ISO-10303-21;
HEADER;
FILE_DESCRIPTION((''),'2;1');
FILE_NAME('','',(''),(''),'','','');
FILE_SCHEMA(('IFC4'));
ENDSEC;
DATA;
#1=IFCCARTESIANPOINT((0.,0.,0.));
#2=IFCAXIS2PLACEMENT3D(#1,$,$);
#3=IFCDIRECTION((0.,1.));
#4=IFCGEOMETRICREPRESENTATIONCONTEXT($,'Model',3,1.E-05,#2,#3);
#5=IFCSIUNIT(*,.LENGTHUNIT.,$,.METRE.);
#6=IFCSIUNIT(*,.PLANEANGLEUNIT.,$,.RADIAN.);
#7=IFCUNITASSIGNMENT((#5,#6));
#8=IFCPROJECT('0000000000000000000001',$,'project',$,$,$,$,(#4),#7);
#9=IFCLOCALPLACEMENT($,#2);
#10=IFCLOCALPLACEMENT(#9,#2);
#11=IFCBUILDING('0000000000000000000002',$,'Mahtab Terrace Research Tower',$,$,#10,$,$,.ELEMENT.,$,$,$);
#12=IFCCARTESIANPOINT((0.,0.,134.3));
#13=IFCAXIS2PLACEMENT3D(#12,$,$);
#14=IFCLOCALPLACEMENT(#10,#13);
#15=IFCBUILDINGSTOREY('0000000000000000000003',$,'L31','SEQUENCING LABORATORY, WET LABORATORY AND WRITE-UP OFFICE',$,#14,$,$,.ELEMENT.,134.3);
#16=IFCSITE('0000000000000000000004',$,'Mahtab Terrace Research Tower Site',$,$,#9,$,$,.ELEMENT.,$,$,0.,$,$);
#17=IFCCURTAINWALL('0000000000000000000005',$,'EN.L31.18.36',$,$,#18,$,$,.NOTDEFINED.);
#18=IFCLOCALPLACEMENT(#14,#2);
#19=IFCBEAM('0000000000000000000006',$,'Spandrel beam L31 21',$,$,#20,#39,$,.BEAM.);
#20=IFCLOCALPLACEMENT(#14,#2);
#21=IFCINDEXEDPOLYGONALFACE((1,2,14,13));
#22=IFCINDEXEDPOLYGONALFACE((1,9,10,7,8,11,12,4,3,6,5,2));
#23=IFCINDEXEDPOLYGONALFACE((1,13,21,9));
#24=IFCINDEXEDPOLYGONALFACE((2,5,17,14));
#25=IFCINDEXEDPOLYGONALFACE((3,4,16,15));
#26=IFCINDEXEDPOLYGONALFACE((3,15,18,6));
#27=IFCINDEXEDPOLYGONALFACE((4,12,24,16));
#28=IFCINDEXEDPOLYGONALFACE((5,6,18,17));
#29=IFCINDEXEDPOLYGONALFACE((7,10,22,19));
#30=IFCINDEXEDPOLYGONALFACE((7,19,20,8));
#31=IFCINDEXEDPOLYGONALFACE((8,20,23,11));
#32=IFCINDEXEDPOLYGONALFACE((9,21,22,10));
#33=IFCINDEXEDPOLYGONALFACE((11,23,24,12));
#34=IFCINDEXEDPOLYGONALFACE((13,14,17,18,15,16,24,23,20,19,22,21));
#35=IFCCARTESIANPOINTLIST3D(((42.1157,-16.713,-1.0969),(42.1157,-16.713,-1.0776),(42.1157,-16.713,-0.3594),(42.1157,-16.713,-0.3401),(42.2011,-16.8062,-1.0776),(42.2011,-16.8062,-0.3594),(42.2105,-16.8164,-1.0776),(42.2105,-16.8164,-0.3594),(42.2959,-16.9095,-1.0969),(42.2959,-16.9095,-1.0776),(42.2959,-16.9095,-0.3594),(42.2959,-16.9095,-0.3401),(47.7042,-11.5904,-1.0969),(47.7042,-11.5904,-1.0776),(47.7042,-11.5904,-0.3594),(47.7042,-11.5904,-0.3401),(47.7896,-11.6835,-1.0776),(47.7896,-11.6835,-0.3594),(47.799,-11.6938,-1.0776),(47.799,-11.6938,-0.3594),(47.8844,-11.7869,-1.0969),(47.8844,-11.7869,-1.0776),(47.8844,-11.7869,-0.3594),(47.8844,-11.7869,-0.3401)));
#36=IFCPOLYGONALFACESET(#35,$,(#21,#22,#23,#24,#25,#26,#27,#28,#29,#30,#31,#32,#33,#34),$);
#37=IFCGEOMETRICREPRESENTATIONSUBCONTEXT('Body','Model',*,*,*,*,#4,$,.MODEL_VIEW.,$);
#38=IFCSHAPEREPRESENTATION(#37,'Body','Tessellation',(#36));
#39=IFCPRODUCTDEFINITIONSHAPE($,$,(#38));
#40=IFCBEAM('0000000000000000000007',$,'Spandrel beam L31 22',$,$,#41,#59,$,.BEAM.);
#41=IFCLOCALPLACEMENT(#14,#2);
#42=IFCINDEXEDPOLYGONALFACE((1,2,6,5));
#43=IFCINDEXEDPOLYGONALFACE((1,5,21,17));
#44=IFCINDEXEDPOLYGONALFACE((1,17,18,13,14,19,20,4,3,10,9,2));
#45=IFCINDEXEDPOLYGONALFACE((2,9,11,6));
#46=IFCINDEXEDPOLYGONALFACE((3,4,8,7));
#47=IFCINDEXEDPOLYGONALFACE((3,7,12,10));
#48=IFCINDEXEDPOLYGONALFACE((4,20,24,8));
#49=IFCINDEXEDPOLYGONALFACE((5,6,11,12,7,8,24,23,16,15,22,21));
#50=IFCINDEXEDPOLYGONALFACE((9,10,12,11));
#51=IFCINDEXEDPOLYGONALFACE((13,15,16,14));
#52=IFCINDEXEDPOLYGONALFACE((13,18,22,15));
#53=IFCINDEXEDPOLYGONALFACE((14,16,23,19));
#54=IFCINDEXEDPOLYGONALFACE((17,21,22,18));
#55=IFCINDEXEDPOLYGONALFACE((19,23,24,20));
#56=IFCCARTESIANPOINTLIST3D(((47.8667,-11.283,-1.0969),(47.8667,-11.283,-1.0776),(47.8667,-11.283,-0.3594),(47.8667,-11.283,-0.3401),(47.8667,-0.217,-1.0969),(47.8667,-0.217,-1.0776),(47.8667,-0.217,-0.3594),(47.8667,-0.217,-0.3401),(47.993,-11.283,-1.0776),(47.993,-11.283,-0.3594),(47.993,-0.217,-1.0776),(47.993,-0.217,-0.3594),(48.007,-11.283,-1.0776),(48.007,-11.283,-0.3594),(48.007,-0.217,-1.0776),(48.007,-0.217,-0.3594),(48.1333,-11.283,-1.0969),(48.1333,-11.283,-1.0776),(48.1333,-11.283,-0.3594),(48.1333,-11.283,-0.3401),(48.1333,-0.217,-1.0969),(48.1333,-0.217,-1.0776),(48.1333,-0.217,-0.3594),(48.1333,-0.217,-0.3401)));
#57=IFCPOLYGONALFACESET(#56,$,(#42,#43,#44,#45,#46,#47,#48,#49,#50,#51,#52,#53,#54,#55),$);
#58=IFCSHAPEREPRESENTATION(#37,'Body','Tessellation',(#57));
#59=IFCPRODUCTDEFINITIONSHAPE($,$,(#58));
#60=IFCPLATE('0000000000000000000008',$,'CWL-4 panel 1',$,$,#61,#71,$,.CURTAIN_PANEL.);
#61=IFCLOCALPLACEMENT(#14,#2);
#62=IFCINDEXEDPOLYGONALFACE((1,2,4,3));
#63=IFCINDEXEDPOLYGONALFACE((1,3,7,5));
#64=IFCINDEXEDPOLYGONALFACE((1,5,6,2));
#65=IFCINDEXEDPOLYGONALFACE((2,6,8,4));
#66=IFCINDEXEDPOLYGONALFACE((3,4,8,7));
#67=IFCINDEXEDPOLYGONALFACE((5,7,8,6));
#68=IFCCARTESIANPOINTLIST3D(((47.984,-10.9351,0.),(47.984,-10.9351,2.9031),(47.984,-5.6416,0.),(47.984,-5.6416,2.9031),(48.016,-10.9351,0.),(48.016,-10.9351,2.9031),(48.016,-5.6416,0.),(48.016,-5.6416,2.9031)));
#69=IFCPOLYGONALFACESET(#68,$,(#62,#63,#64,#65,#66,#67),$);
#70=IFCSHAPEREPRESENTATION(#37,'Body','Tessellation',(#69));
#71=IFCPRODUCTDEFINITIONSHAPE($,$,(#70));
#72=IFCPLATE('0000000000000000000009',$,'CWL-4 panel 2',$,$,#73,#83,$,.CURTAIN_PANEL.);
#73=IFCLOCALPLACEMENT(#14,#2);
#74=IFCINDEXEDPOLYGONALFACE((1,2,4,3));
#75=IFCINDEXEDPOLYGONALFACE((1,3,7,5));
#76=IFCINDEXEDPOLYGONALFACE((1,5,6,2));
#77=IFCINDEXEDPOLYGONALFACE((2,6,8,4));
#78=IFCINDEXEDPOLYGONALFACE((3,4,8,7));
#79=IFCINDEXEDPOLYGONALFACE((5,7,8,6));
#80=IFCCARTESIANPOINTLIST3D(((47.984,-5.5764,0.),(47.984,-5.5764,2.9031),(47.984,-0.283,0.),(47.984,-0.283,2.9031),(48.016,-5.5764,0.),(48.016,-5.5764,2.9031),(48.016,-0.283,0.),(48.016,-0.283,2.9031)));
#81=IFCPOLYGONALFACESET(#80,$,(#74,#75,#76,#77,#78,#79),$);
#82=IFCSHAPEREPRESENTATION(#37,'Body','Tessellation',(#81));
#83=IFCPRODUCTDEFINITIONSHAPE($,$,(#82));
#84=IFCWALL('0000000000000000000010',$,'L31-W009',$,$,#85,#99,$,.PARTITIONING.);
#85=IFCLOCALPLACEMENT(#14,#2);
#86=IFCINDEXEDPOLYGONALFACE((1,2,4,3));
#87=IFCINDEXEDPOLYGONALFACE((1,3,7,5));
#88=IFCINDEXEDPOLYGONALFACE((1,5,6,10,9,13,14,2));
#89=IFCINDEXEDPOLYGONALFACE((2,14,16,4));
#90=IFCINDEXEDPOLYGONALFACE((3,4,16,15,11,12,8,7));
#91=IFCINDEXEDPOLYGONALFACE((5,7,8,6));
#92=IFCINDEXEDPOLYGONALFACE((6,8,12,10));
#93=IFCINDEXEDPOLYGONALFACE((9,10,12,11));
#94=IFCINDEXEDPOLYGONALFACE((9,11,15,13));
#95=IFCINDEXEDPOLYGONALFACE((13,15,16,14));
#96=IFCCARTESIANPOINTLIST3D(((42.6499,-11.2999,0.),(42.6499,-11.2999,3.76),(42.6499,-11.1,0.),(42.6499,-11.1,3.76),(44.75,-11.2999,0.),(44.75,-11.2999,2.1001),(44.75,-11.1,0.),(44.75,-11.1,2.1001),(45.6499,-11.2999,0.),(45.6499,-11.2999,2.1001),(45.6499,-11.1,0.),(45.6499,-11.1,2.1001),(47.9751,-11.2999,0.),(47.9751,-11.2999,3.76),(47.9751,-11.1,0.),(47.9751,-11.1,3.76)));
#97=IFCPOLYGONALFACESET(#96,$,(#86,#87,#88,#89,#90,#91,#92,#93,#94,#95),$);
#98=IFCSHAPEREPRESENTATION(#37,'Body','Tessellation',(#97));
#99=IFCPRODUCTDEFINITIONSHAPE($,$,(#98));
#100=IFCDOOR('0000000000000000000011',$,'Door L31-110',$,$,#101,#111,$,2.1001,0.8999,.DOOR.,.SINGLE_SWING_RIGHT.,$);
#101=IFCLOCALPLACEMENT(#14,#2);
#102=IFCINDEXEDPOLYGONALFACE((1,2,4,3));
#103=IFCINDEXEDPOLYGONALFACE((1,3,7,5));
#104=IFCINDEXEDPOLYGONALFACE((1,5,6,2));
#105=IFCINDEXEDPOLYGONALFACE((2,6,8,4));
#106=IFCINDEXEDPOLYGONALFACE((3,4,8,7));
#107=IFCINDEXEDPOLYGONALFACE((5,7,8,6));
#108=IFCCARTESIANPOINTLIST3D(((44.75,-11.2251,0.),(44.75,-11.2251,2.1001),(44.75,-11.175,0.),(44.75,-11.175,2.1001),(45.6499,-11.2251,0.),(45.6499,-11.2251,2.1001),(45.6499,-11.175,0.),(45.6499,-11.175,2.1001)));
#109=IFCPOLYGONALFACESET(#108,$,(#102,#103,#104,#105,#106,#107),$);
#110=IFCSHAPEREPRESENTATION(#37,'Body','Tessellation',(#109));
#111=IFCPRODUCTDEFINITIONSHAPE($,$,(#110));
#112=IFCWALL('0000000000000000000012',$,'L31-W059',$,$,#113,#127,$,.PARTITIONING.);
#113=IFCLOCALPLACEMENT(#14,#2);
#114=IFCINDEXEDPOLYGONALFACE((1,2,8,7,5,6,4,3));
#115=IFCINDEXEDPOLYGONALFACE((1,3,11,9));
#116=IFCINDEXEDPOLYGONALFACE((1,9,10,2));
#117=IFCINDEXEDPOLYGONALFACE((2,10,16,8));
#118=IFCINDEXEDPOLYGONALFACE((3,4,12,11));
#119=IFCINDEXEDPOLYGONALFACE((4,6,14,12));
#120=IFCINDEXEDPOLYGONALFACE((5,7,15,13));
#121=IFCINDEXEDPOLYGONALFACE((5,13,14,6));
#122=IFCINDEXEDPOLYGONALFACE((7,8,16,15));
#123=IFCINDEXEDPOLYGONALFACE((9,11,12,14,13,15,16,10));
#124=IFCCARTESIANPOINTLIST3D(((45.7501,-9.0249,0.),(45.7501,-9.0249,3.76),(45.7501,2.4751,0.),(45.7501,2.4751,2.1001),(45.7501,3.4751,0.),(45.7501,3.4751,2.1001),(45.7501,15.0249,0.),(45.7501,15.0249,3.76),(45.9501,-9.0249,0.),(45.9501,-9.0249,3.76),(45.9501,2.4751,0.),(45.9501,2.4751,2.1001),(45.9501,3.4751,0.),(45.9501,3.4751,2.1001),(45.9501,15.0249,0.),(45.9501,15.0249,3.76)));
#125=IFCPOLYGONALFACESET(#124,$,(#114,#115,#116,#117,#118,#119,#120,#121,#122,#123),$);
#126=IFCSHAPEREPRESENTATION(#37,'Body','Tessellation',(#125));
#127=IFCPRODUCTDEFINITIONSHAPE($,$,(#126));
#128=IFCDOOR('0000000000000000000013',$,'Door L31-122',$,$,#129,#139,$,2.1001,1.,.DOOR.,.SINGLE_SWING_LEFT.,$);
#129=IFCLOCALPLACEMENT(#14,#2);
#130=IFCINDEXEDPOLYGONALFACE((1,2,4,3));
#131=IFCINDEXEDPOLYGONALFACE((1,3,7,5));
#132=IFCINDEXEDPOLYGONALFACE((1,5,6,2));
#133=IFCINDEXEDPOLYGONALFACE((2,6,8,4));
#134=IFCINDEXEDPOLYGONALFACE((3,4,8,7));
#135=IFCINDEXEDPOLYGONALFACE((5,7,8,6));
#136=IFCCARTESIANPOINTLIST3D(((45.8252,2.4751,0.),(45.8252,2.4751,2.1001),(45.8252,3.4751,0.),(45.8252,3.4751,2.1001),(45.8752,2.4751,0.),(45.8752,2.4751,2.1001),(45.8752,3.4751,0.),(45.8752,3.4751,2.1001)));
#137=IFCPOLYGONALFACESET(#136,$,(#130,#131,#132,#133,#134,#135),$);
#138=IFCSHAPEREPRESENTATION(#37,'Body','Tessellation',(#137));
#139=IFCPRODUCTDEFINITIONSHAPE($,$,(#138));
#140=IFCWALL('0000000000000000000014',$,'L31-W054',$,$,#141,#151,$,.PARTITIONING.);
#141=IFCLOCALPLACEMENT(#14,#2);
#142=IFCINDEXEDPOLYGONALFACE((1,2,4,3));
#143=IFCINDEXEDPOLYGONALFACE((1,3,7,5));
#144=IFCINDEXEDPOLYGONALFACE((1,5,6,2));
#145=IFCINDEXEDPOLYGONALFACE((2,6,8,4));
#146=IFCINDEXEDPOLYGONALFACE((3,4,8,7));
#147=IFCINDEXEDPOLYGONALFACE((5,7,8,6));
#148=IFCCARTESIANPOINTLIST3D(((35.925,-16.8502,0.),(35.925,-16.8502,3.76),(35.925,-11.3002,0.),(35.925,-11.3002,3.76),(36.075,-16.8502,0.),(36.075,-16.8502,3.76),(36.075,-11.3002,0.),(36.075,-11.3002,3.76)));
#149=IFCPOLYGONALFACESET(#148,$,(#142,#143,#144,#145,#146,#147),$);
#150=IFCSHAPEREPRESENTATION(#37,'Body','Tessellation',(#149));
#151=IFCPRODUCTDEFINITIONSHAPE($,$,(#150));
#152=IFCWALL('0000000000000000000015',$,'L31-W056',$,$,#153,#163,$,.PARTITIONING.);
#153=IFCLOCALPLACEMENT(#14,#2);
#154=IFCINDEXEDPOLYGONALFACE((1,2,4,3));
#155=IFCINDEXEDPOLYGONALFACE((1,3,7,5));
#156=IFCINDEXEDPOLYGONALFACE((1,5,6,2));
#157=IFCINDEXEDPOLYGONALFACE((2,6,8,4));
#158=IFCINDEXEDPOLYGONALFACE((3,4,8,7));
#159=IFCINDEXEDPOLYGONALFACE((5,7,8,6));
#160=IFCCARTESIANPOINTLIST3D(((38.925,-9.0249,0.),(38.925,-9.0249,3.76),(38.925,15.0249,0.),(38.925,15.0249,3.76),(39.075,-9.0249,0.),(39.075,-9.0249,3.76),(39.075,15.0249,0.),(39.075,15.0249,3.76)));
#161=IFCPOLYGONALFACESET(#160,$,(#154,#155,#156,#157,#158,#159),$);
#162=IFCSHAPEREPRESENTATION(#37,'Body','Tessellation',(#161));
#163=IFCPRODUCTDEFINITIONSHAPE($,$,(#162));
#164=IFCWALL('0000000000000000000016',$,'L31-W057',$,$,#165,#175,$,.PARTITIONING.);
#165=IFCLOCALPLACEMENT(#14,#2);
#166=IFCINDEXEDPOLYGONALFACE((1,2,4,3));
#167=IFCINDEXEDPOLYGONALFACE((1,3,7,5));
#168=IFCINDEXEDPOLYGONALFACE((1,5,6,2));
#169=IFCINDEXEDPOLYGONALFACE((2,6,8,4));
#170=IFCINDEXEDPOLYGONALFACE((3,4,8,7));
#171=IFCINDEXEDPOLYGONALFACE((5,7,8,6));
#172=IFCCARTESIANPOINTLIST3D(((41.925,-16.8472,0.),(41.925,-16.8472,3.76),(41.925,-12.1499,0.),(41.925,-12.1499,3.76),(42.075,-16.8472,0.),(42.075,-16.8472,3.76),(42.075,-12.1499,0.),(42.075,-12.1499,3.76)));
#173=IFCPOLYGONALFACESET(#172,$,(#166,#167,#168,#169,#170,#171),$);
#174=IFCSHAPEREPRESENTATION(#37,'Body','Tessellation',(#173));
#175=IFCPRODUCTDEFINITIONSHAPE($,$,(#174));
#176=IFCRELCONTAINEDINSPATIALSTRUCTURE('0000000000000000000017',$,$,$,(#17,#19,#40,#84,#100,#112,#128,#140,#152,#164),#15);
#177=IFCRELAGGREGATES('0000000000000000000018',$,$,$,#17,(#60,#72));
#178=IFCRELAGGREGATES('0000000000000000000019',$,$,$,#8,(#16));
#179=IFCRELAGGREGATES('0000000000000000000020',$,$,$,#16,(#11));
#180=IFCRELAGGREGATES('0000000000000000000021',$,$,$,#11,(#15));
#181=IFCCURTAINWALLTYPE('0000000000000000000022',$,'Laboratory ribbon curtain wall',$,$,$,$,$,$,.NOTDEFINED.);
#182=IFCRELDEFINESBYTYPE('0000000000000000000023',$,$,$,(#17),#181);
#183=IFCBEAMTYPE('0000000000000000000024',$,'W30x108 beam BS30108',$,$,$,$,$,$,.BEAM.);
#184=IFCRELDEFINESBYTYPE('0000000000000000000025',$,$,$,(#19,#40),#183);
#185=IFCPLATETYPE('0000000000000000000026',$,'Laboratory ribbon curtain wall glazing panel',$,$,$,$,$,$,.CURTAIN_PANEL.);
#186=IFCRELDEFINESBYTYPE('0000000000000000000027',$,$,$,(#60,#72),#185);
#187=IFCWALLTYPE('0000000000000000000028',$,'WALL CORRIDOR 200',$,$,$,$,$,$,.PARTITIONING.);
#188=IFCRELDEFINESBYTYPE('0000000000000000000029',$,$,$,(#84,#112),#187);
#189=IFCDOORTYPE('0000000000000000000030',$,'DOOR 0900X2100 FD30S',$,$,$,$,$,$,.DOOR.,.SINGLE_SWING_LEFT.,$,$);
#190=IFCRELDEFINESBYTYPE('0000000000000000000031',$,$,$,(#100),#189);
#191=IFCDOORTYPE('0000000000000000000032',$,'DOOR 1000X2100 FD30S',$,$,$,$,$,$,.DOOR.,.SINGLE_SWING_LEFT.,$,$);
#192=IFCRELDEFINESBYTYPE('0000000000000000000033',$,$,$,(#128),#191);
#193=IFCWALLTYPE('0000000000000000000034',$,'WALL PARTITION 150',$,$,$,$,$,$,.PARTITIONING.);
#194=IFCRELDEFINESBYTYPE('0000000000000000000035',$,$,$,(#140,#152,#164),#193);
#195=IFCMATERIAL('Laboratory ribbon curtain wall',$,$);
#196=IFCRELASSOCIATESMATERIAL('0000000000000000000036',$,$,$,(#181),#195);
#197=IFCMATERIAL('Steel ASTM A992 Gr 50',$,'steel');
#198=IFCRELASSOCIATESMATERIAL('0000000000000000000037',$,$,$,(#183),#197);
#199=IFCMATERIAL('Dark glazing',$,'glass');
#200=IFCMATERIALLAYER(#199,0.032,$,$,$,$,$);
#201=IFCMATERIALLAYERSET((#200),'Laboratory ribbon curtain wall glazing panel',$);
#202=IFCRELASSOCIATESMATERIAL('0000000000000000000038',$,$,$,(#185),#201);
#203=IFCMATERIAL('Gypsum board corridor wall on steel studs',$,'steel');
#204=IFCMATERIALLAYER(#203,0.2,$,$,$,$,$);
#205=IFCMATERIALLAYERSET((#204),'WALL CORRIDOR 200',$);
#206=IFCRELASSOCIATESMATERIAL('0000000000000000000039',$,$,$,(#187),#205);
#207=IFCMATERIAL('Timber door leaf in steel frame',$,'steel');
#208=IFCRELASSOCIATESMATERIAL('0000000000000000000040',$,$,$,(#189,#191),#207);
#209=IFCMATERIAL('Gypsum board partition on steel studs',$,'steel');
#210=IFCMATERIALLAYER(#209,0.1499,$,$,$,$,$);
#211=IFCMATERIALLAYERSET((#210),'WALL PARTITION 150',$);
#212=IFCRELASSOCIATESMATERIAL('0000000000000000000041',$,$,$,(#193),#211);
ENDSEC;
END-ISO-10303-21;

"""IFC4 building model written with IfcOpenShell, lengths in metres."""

from ifc_helpers import new_model, si_unit, direction, frame, frame_2d, origin, origin_2d, place, context, subcontext, project, spatial, rectangle, i_section, extrude, material, layer, layer_set, material_profile, profile_set, type_object, element, fill, aggregate, save


model = new_model("IFC4")

# Units and contexts
model_context = context("Model", 3, precision=1e-05, world=origin(), true_north=direction((0.0, 1.0)))
body_context = subcontext(model_context, "Body", "Model", "MODEL_VIEW")
ifc_project = project(units=[si_unit("LENGTHUNIT", "METRE"), si_unit("PLANEANGLEUNIT", "RADIAN")], contexts=[model_context])

# Site, building, storey
site_placement = place(None, origin())
site = spatial("IfcSite", under=ifc_project, at=site_placement, Name="Mahtab Terrace Research Tower Site", CompositionType="ELEMENT", RefElevation=0.0)
building_placement = place(site_placement, origin())
building = spatial("IfcBuilding", under=site, at=building_placement, Name="Mahtab Terrace Research Tower", CompositionType="ELEMENT")
storey_placement = place(building_placement, frame((0.0, 0.0, 134.3)))
storey = spatial("IfcBuildingStorey", under=building, at=storey_placement, Name="L31", Description="SEQUENCING LABORATORY, WET LABORATORY AND WRITE-UP OFFICE", CompositionType="ELEMENT", Elevation=134.3)

# Shared definitions
ifc_material_1 = material(Name="Steel ASTM A992 Gr 50", Category="steel")

# Curtain wall
ifc_material_2 = material(Name="Laboratory ribbon curtain wall")
curtain_wall_type = type_object("IfcCurtainWallType", Name="Laboratory ribbon curtain wall", PredefinedType="NOTDEFINED", material=ifc_material_2)
curtain_wall_placement = place(storey_placement, origin())
curtain_wall = element("IfcCurtainWall", 1, at=curtain_wall_placement, inside=storey, type_object=curtain_wall_type, Name="EN.L31.18.36", PredefinedType="NOTDEFINED")

# Beams
ifc_material_profile_1 = material_profile(ifc_material_1, i_section(OverallWidth=0.2666, OverallDepth=0.7568, WebThickness=0.0139, FlangeThickness=0.0193, at=origin_2d()), Name="W30X108")
ifc_profile_set_1 = profile_set([ifc_material_profile_1], Name="Steel ASTM A992 Gr 50")
beam_type = type_object("IfcBeamType", Name="W30x108 beam BS30108", PredefinedType="BEAM", material=ifc_profile_set_1)
beam_1_placement = place(storey_placement, frame((42.2058, -16.8113, -0.7185), z_axis=(0.737162, 0.675716, 0.0), x_axis=(-0.675716, 0.737162, 0.0)))
element("IfcBeam", 2, at=beam_1_placement, inside=storey, type_object=beam_type, Name="Spandrel beam L31 21", PredefinedType="BEAM", context=body_context, shape_type="SweptSolid", body=[
    extrude(i_section(OverallWidth=0.2666, OverallDepth=0.7568, WebThickness=0.0139, FlangeThickness=0.0193, at=origin_2d()), origin(), (0.0, 0.0, 1.0), 7.5811),
])
beam_2_placement = place(storey_placement, frame((48.0, -11.283, -0.7185), z_axis=(0.0, 1.0, 0.0), x_axis=(-1.0, 0.0, 0.0)))
element("IfcBeam", 3, at=beam_2_placement, inside=storey, type_object=beam_type, Name="Spandrel beam L31 22", PredefinedType="BEAM", context=body_context, shape_type="SweptSolid", body=[
    extrude(i_section(OverallWidth=0.2666, OverallDepth=0.7568, WebThickness=0.0139, FlangeThickness=0.0193, at=origin_2d()), origin(), (0.0, 0.0, 1.0), 11.0659),
])

# Plates
ifc_material_3 = material(Name="Dark glazing", Category="glass")
ifc_layer_1 = layer(ifc_material_3, 0.032)
ifc_layer_set_1 = layer_set([ifc_layer_1], Name="Laboratory ribbon curtain wall glazing panel")
plate_type = type_object("IfcPlateType", Name="Laboratory ribbon curtain wall glazing panel", PredefinedType="CURTAIN_PANEL", material=ifc_layer_set_1)
plate_1_placement = place(storey_placement, frame((48.0, -8.2883, 0.0), z_axis=(0.0, 0.0, 1.0), x_axis=(0.0, 1.0, 0.0)))
plate_1 = element("IfcPlate", 4, at=plate_1_placement, type_object=plate_type, Name="CWL-4 panel 1", PredefinedType="CURTAIN_PANEL", context=body_context, shape_type="SweptSolid", body=[
    extrude(rectangle(XDim=5.2935, YDim=0.032, at=origin_2d()), origin(), (0.0, 0.0, 1.0), 2.9031),
])
plate_2_placement = place(storey_placement, frame((48.0, -2.9297, 0.0), z_axis=(0.0, 0.0, 1.0), x_axis=(0.0, 1.0, 0.0)))
plate_2 = element("IfcPlate", 5, at=plate_2_placement, type_object=plate_type, Name="CWL-4 panel 2", PredefinedType="CURTAIN_PANEL", context=body_context, shape_type="SweptSolid", body=[
    extrude(rectangle(XDim=5.2935, YDim=0.032, at=origin_2d()), origin(), (0.0, 0.0, 1.0), 2.9031),
])
aggregate(curtain_wall, [plate_1, plate_2])

# Walls, openings, doors
ifc_material_4 = material(Name="Gypsum board corridor wall on steel studs", Category="steel")
ifc_layer_2 = layer(ifc_material_4, 0.2)
ifc_layer_set_2 = layer_set([ifc_layer_2], Name="WALL CORRIDOR 200")
wall_type_1 = type_object("IfcWallType", Name="WALL CORRIDOR 200", PredefinedType="PARTITIONING", material=ifc_layer_set_2)
wall_1_placement = place(storey_placement, frame((42.6499, -11.2, 0.0), z_axis=(0.0, 0.0, 1.0), x_axis=(1.0, 0.0, 0.0)))
wall_1 = element("IfcWall", 6, at=wall_1_placement, inside=storey, type_object=wall_type_1, Name="L31-W009", PredefinedType="PARTITIONING", context=body_context, shape_type="SweptSolid", body=[
    extrude(rectangle(XDim=5.3252, YDim=0.2, at=frame_2d((2.6626, 0.0))), origin(), (0.0, 0.0, 1.0), 3.76),
])
opening_1_placement = place(wall_1_placement, frame((2.1001, 0.0, 0.0)))
opening_1 = element("IfcOpeningElement", 7, at=opening_1_placement, cuts=wall_1, PredefinedType="OPENING", context=body_context, shape_type="SweptSolid", body=[
    extrude(rectangle(XDim=0.8999, YDim=2.1001, at=frame_2d((0.45, 1.05))), frame((0.0, 0.1099, 0.0), z_axis=(0.0, -1.0, 0.0), x_axis=(1.0, 0.0, 0.0)), (0.0, 0.0, 1.0), 0.22),
])
ifc_material_5 = material(Name="Timber door leaf in steel frame", Category="steel")
door_type_1 = type_object("IfcDoorType", Name="DOOR 0900X2100 FD30S", OperationType="SINGLE_SWING_LEFT", PredefinedType="DOOR", material=ifc_material_5)
door_1_placement = place(opening_1_placement, origin())
door_1 = element("IfcDoor", 8, at=door_1_placement, inside=storey, type_object=door_type_1, Name="Door L31-110", OperationType="SINGLE_SWING_RIGHT", OverallHeight=2.1001, OverallWidth=0.8999, PredefinedType="DOOR", context=body_context, shape_type="SweptSolid", body=[
    extrude(rectangle(XDim=0.8999, YDim=2.1001, at=frame_2d((0.45, 1.05))), frame((0.0, 0.0249, 0.0), z_axis=(0.0, -1.0, 0.0), x_axis=(1.0, 0.0, 0.0)), (0.0, 0.0, 1.0), 0.05),
])
fill(opening_1, door_1)
wall_2_placement = place(storey_placement, frame((45.8501, -9.0249, 0.0), z_axis=(0.0, 0.0, 1.0), x_axis=(0.0, 1.0, 0.0)))
wall_2 = element("IfcWall", 9, at=wall_2_placement, inside=storey, type_object=wall_type_1, Name="L31-W059", PredefinedType="PARTITIONING", context=body_context, shape_type="SweptSolid", body=[
    extrude(rectangle(XDim=24.0498, YDim=0.2, at=frame_2d((12.0249, 0.0))), origin(), (0.0, 0.0, 1.0), 3.76),
])
opening_2_placement = place(wall_2_placement, frame((11.5, 0.0, 0.0)))
opening_2 = element("IfcOpeningElement", 10, at=opening_2_placement, cuts=wall_2, PredefinedType="OPENING", context=body_context, shape_type="SweptSolid", body=[
    extrude(rectangle(XDim=1.0, YDim=2.1001, at=frame_2d((0.5, 1.05))), frame((0.0, 0.1099, 0.0), z_axis=(0.0, -1.0, 0.0), x_axis=(1.0, 0.0, 0.0)), (0.0, 0.0, 1.0), 0.22),
])
door_type_2 = type_object("IfcDoorType", Name="DOOR 1000X2100 FD30S", OperationType="SINGLE_SWING_LEFT", PredefinedType="DOOR", material=ifc_material_5)
door_2_placement = place(opening_2_placement, origin())
door_2 = element("IfcDoor", 11, at=door_2_placement, inside=storey, type_object=door_type_2, Name="Door L31-122", OperationType="SINGLE_SWING_LEFT", OverallHeight=2.1001, OverallWidth=1.0, PredefinedType="DOOR", context=body_context, shape_type="SweptSolid", body=[
    extrude(rectangle(XDim=1.0, YDim=2.1001, at=frame_2d((0.5, 1.05))), frame((0.0, 0.0249, 0.0), z_axis=(0.0, -1.0, 0.0), x_axis=(1.0, 0.0, 0.0)), (0.0, 0.0, 1.0), 0.05),
])
fill(opening_2, door_2)

# Walls
ifc_material_6 = material(Name="Gypsum board partition on steel studs", Category="steel")
ifc_layer_3 = layer(ifc_material_6, 0.1499)
ifc_layer_set_3 = layer_set([ifc_layer_3], Name="WALL PARTITION 150")
wall_type_2 = type_object("IfcWallType", Name="WALL PARTITION 150", PredefinedType="PARTITIONING", material=ifc_layer_set_3)
wall_3_placement = place(storey_placement, frame((36.0, -16.8501, 0.0), z_axis=(0.0, 0.0, 1.0), x_axis=(0.0, 1.0, 0.0)))
element("IfcWall", 12, at=wall_3_placement, inside=storey, type_object=wall_type_2, Name="L31-W054", PredefinedType="PARTITIONING", context=body_context, shape_type="SweptSolid", body=[
    extrude(rectangle(XDim=5.55, YDim=0.1499, at=frame_2d((2.7749, 0.0))), origin(), (0.0, 0.0, 1.0), 3.76),
])
wall_4_placement = place(storey_placement, frame((39.0, -9.0249, 0.0), z_axis=(0.0, 0.0, 1.0), x_axis=(0.0, 1.0, 0.0)))
element("IfcWall", 13, at=wall_4_placement, inside=storey, type_object=wall_type_2, Name="L31-W056", PredefinedType="PARTITIONING", context=body_context, shape_type="SweptSolid", body=[
    extrude(rectangle(XDim=24.0498, YDim=0.1499, at=frame_2d((12.0249, 0.0))), origin(), (0.0, 0.0, 1.0), 3.76),
])
wall_5_placement = place(storey_placement, frame((42.0, -16.8472, 0.0), z_axis=(0.0, 0.0, 1.0), x_axis=(0.0, 1.0, 0.0)))
element("IfcWall", 14, at=wall_5_placement, inside=storey, type_object=wall_type_2, Name="L31-W057", PredefinedType="PARTITIONING", context=body_context, shape_type="SweptSolid", body=[
    extrude(rectangle(XDim=4.6973, YDim=0.1499, at=frame_2d((2.3486, 0.0))), origin(), (0.0, 0.0, 1.0), 3.76),
])

save(model, "model.ifc")
